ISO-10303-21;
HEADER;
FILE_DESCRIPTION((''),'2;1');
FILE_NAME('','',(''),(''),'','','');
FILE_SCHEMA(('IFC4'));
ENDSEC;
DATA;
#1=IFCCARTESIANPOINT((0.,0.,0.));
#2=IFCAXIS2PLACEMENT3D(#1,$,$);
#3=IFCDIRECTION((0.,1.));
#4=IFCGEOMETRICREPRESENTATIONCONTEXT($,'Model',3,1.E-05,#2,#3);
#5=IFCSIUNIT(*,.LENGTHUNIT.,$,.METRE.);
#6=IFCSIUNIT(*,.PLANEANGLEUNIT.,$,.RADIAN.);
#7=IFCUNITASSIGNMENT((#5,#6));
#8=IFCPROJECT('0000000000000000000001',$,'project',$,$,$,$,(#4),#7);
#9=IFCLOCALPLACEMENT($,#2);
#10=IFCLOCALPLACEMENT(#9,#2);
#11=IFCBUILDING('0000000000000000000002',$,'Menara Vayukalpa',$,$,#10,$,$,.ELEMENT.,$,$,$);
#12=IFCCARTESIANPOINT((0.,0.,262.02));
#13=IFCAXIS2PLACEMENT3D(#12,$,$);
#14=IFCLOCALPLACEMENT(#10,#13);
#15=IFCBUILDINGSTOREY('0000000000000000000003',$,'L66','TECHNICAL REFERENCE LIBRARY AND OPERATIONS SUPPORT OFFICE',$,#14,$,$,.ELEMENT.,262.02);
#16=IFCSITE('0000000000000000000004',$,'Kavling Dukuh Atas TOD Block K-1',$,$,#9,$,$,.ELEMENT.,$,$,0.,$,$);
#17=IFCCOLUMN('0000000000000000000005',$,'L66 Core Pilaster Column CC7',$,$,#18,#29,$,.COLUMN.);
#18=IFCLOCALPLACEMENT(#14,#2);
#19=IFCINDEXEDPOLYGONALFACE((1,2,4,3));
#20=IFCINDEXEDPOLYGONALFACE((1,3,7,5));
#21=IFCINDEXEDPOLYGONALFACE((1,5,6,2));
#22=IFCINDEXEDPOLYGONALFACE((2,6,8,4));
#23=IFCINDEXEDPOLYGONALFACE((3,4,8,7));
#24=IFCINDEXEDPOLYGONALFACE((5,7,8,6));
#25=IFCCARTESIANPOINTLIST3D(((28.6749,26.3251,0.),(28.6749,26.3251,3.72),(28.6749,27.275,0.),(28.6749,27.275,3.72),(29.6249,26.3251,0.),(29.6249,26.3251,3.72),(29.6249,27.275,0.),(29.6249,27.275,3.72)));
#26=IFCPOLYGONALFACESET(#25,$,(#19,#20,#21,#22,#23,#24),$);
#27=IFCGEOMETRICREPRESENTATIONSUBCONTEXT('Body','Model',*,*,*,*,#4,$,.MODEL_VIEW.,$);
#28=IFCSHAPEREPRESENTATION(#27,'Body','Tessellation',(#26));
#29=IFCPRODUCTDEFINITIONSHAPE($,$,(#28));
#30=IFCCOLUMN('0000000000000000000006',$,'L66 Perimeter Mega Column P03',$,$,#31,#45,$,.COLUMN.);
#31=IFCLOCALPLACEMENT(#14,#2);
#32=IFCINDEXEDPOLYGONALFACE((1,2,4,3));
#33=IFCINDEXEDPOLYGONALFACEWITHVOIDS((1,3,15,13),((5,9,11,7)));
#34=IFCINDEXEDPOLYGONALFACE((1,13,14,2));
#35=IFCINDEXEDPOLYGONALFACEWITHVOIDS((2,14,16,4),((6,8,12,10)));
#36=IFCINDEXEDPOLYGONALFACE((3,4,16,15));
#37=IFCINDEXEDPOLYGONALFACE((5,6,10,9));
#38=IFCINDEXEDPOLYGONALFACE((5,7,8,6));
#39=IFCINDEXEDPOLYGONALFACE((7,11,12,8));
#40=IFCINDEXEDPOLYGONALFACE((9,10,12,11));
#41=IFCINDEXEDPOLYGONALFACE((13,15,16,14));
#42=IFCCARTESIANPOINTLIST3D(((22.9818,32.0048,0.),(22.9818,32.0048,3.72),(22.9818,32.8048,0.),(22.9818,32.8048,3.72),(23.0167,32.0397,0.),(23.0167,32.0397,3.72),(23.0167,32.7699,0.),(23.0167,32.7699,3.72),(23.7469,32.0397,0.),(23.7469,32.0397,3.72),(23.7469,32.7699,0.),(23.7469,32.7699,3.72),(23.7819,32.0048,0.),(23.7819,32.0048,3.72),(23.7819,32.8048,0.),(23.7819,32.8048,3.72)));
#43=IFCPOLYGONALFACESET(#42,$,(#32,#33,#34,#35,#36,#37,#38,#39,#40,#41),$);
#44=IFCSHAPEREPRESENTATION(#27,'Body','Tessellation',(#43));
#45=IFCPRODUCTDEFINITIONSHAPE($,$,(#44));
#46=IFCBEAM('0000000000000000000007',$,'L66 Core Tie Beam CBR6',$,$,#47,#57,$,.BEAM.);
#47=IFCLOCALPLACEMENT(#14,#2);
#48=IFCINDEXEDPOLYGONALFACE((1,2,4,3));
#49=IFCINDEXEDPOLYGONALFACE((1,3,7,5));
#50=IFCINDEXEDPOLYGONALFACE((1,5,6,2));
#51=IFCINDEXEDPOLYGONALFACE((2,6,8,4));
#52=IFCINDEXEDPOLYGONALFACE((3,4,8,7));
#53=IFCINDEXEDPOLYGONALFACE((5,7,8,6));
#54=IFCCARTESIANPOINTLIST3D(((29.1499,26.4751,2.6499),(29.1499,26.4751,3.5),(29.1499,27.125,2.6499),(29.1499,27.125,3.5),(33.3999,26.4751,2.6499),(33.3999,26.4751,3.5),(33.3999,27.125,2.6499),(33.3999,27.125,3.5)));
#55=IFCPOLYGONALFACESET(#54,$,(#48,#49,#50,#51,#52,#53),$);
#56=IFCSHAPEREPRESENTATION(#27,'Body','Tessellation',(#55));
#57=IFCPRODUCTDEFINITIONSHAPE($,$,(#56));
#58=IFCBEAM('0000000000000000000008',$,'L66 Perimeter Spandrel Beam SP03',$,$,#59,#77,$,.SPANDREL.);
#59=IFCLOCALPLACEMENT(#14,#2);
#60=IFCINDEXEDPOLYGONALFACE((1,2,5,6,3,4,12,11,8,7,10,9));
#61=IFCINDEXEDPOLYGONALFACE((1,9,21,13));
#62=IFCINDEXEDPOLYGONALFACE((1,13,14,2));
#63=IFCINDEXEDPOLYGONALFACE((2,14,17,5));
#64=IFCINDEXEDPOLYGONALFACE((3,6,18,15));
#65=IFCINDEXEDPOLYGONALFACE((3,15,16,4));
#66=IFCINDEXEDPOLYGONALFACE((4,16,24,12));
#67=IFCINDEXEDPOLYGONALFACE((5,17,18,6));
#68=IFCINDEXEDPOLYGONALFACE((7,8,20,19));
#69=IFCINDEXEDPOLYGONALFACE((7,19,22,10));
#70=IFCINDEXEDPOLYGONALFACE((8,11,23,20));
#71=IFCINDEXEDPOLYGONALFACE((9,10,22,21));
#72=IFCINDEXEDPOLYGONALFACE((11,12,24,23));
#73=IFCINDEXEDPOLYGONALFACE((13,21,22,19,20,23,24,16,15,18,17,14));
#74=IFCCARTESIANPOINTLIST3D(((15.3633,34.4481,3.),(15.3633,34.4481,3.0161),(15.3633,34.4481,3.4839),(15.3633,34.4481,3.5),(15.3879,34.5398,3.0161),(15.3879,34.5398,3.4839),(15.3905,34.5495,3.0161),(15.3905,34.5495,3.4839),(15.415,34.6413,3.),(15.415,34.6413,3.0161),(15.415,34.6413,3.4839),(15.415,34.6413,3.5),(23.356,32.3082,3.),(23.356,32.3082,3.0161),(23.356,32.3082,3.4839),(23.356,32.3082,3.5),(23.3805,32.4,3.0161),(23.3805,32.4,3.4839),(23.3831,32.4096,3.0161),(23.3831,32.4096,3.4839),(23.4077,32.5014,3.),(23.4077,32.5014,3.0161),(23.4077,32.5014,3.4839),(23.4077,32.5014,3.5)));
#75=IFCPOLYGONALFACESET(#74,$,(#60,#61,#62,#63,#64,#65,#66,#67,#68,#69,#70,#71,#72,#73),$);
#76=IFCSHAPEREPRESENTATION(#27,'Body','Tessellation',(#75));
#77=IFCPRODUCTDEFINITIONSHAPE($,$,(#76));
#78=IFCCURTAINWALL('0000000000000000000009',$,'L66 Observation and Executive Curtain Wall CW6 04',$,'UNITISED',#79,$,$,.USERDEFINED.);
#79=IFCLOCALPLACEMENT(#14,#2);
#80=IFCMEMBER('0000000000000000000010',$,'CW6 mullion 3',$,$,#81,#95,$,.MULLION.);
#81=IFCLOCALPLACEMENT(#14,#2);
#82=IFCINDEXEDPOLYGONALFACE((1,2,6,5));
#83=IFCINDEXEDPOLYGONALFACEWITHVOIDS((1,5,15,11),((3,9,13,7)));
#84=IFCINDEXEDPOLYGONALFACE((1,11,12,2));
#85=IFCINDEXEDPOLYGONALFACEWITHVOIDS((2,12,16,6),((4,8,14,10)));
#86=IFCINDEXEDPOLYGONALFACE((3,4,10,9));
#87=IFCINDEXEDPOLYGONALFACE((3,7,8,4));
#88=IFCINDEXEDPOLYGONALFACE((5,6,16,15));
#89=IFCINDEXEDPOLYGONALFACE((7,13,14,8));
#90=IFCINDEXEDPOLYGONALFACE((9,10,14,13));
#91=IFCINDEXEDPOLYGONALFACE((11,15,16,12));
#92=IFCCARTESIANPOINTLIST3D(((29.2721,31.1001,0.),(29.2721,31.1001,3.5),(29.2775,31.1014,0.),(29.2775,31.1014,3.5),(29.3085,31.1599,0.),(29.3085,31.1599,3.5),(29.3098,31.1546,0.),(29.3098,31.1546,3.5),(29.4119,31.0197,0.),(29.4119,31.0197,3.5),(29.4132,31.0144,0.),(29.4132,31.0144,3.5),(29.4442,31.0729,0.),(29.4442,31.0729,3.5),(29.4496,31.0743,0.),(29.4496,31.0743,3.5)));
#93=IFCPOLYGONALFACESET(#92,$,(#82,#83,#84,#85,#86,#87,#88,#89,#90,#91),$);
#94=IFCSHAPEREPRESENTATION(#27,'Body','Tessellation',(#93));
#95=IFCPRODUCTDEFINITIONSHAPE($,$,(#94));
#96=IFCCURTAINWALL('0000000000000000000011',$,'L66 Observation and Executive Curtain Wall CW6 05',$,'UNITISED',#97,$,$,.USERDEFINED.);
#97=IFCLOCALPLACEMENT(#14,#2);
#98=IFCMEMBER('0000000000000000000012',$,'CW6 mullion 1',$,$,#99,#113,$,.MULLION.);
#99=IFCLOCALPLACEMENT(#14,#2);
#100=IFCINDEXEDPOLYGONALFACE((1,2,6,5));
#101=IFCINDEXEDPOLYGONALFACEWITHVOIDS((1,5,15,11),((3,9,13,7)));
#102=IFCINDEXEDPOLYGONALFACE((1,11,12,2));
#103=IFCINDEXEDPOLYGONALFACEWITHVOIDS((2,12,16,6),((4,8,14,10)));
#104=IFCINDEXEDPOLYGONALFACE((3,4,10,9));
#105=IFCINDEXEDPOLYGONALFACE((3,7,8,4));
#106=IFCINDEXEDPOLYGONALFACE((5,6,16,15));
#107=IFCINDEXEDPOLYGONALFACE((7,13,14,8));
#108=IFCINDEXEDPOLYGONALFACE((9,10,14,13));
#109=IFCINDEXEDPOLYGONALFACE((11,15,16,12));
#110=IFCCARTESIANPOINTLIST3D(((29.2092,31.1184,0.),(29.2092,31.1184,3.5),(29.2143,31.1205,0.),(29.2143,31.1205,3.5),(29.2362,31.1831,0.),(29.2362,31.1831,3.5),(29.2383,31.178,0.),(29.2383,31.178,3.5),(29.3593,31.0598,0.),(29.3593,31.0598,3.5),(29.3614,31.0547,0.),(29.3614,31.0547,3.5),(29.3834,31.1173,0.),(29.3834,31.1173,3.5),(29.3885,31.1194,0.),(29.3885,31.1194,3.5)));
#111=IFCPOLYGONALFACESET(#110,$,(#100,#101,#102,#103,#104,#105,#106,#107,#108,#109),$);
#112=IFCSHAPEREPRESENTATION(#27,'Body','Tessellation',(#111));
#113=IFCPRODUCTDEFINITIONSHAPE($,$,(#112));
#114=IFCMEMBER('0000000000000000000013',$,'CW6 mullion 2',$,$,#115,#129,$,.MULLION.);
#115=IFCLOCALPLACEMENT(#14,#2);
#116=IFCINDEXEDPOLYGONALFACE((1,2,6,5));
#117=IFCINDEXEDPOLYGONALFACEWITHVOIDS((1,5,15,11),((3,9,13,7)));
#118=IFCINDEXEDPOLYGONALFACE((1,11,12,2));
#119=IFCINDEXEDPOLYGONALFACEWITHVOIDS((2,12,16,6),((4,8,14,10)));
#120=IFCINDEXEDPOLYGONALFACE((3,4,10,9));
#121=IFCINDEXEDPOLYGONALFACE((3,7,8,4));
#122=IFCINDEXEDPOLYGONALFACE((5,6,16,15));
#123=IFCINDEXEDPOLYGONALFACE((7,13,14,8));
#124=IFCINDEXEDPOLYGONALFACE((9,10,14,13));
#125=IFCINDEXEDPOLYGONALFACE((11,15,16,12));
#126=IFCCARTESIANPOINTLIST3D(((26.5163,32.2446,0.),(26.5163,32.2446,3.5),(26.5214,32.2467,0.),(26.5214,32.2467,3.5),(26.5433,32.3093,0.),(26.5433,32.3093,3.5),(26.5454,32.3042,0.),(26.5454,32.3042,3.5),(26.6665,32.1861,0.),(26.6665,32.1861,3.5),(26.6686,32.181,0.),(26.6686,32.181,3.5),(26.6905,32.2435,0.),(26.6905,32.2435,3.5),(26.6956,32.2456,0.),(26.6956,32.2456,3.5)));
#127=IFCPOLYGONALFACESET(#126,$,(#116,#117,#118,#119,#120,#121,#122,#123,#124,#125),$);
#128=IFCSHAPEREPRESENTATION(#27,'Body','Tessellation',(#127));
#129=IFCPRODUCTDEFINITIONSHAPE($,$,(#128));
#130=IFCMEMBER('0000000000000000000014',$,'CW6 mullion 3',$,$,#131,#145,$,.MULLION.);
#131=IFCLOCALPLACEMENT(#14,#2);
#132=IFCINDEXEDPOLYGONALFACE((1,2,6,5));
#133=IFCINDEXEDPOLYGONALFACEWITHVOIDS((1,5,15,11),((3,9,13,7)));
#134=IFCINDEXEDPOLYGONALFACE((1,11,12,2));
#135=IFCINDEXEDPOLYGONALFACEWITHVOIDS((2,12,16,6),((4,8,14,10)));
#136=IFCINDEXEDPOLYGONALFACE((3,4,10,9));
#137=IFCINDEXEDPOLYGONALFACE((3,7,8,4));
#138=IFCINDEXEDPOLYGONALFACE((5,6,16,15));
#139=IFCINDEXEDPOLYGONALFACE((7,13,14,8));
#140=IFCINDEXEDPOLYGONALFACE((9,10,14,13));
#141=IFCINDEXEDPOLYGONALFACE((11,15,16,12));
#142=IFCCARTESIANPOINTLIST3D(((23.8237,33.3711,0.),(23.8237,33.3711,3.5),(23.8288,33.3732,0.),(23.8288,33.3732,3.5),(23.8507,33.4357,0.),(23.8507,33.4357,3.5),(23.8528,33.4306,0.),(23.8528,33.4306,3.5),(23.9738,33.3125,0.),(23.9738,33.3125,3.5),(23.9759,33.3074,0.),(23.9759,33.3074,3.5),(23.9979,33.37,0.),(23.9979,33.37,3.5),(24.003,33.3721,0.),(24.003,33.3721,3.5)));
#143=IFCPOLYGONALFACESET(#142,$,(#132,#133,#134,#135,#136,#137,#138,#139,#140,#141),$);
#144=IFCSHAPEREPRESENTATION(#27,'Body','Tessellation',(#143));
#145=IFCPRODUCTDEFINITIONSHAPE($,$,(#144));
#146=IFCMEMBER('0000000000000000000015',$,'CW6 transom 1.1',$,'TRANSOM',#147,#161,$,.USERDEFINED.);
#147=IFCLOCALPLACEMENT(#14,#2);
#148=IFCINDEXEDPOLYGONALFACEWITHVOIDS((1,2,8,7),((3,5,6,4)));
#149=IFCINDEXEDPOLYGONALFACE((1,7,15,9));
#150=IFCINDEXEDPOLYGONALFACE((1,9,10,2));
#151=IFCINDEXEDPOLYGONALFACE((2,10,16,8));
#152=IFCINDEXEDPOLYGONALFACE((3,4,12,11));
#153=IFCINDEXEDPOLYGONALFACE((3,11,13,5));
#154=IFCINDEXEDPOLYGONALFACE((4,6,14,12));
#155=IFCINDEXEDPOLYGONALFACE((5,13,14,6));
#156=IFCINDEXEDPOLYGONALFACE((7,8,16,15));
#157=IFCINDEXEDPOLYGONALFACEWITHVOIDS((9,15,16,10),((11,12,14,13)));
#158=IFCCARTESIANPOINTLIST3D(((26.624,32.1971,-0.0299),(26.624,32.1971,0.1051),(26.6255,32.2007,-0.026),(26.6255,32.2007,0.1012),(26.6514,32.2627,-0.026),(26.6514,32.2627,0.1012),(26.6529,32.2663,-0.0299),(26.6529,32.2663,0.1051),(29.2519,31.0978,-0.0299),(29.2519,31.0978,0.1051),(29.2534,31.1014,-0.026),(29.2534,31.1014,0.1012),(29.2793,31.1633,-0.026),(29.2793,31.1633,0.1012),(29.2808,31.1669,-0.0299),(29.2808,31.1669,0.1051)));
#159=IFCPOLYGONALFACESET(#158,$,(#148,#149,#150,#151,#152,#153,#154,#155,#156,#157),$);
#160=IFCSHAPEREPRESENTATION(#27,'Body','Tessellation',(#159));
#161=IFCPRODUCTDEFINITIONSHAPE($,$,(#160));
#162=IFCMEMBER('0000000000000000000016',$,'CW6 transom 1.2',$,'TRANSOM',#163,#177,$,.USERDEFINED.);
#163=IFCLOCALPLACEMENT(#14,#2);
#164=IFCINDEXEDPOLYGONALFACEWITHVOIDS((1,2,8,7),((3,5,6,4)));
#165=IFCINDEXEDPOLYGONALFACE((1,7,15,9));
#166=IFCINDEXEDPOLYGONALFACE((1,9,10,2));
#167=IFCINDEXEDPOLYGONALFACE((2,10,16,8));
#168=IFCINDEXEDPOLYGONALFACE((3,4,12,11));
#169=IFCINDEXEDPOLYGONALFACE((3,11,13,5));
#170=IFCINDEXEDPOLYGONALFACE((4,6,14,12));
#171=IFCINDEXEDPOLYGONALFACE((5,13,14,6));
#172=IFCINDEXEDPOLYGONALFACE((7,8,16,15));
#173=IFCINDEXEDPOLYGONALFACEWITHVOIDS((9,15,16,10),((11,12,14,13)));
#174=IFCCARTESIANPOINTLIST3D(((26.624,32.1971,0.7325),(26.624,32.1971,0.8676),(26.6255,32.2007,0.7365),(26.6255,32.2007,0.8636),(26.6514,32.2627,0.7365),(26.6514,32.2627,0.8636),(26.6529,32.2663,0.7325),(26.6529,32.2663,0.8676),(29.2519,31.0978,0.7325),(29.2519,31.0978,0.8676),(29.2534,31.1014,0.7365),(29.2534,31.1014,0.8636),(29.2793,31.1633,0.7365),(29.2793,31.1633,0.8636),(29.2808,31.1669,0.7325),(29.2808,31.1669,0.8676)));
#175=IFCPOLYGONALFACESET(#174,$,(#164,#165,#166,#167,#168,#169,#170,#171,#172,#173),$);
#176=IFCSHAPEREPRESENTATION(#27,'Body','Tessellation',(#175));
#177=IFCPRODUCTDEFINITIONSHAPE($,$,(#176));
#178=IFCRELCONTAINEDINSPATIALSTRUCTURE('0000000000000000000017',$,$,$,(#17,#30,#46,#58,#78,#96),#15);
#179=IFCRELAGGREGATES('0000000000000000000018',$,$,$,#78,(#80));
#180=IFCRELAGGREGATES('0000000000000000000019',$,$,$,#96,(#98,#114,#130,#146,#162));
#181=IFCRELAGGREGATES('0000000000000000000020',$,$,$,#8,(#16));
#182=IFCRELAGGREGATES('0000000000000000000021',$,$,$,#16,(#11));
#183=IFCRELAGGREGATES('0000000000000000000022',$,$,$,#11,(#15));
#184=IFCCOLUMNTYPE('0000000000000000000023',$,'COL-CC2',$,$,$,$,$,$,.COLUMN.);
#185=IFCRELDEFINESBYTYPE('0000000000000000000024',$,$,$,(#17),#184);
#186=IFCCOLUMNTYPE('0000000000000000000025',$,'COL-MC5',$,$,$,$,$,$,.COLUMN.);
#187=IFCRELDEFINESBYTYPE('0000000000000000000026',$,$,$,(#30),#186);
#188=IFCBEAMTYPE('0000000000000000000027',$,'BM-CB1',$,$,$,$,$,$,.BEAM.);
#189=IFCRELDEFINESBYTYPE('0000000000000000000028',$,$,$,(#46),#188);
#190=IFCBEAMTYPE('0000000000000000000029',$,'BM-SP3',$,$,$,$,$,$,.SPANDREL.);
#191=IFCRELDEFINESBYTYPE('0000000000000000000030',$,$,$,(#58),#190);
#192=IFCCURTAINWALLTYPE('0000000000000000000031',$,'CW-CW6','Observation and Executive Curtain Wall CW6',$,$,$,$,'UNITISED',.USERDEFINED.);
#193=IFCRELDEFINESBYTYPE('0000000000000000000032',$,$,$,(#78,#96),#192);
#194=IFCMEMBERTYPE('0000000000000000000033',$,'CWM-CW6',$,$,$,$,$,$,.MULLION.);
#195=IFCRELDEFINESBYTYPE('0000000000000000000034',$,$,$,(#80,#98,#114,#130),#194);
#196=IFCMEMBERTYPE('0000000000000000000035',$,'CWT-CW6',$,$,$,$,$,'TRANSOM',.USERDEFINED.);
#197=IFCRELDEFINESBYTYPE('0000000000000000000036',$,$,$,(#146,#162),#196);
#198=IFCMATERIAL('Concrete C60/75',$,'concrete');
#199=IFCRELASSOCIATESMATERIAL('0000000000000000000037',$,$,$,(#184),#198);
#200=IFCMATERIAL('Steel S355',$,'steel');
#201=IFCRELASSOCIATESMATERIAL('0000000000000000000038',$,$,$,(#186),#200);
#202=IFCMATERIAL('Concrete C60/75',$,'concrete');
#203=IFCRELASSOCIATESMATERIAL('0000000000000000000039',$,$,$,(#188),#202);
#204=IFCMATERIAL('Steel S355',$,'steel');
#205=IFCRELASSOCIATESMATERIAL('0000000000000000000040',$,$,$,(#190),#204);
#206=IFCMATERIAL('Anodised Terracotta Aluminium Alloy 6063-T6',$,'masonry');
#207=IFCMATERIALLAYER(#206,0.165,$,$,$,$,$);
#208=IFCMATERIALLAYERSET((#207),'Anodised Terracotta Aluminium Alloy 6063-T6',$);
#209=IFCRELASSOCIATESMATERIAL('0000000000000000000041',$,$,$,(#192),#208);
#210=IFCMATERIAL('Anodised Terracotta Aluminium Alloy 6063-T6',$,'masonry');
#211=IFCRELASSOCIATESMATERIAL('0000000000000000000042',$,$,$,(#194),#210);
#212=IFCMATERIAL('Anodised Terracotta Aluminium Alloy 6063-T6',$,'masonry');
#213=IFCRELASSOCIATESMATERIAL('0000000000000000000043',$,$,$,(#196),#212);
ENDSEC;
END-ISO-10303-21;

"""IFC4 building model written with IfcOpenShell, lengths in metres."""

from ifc_helpers import new_model, si_unit, direction, frame, origin, origin_2d, place, context, subcontext, project, spatial, rectangle, hollow_rectangle, i_section, extrude, material, layer, layer_set, material_profile, profile_set, type_object, element, aggregate, save


model = new_model("IFC4")

# Units and contexts
model_context = context("Model", 3, precision=1e-05, world=origin(), true_north=direction((0.0, 1.0)))
body_context = subcontext(model_context, "Body", "Model", "MODEL_VIEW")
ifc_project = project(units=[si_unit("LENGTHUNIT", "METRE"), si_unit("PLANEANGLEUNIT", "RADIAN")], contexts=[model_context])

# Site, building, storey
site_placement = place(None, origin())
site = spatial("IfcSite", under=ifc_project, at=site_placement, Name="Kavling Dukuh Atas TOD Block K-1", CompositionType="ELEMENT", RefElevation=0.0)
building_placement = place(site_placement, origin())
building = spatial("IfcBuilding", under=site, at=building_placement, Name="Menara Vayukalpa", CompositionType="ELEMENT")
storey_placement = place(building_placement, frame((0.0, 0.0, 262.02)))
storey = spatial("IfcBuildingStorey", under=building, at=storey_placement, Name="L66", Description="TECHNICAL REFERENCE LIBRARY AND OPERATIONS SUPPORT OFFICE", CompositionType="ELEMENT", Elevation=262.02)

# Columns
ifc_material_1 = material(Name="Concrete C60/75", Category="concrete")
ifc_material_profile_1 = material_profile(ifc_material_1, rectangle(XDim=0.95, YDim=0.95, at=origin_2d()), Name="RC 950x950")
ifc_profile_set_1 = profile_set([ifc_material_profile_1], Name="Concrete C60/75")
column_type_1 = type_object("IfcColumnType", Name="COL-CC2", PredefinedType="COLUMN", material=ifc_profile_set_1)
column_1_placement = place(storey_placement, frame((29.1499, 26.8, 0.0), z_axis=(0.0, 0.0, 1.0), x_axis=(1.0, 0.0, 0.0)))
element("IfcColumn", 1, at=column_1_placement, inside=storey, type_object=column_type_1, Name="L66 Core Pilaster Column CC7", PredefinedType="COLUMN", context=body_context, shape_type="SweptSolid", body=[
    extrude(rectangle(XDim=0.95, YDim=0.95, at=origin_2d()), origin(), (0.0, 0.0, 1.0), 3.72),
])
ifc_material_2 = material(Name="Steel S355", Category="steel")
ifc_material_profile_2 = material_profile(ifc_material_2, hollow_rectangle(XDim=0.8, YDim=0.8, WallThickness=0.0349, at=origin_2d()), Name="BOX 800x800x35")
ifc_profile_set_2 = profile_set([ifc_material_profile_2], Name="Steel S355")
column_type_2 = type_object("IfcColumnType", Name="COL-MC5", PredefinedType="COLUMN", material=ifc_profile_set_2)
column_2_placement = place(storey_placement, frame((23.3818, 32.4048, 0.0), z_axis=(0.0, 0.0, 1.0), x_axis=(1.0, 0.0, 0.0)))
element("IfcColumn", 2, at=column_2_placement, inside=storey, type_object=column_type_2, Name="L66 Perimeter Mega Column P03", PredefinedType="COLUMN", context=body_context, shape_type="SweptSolid", body=[
    extrude(hollow_rectangle(XDim=0.8, YDim=0.8, WallThickness=0.0349, at=origin_2d()), origin(), (0.0, 0.0, 1.0), 3.72),
])

# Beams
ifc_material_3 = material(Name="Concrete C60/75", Category="concrete")
ifc_material_profile_3 = material_profile(ifc_material_3, rectangle(XDim=0.6499, YDim=0.8501, at=origin_2d()), Name="RC 650x850")
ifc_profile_set_3 = profile_set([ifc_material_profile_3], Name="Concrete C60/75")
beam_type_1 = type_object("IfcBeamType", Name="BM-CB1", PredefinedType="BEAM", material=ifc_profile_set_3)
beam_1_placement = place(storey_placement, frame((29.1499, 26.8, 3.075), z_axis=(1.0, 0.0, 0.0), x_axis=(0.0, 1.0, 0.0)))
element("IfcBeam", 3, at=beam_1_placement, inside=storey, type_object=beam_type_1, Name="L66 Core Tie Beam CBR6", PredefinedType="BEAM", context=body_context, shape_type="SweptSolid", body=[
    extrude(rectangle(XDim=0.6499, YDim=0.8501, at=origin_2d()), origin(), (0.0, 0.0, 1.0), 4.25),
])
ifc_material_4 = material(Name="Steel S355", Category="steel")
ifc_material_profile_4 = material_profile(ifc_material_4, i_section(OverallWidth=0.2, OverallDepth=0.5, WebThickness=0.01, FlangeThickness=0.0161, at=origin_2d()), Name="WF 500x200x10x16")
ifc_profile_set_4 = profile_set([ifc_material_profile_4], Name="Steel S355")
beam_type_2 = type_object("IfcBeamType", Name="BM-SP3", PredefinedType="SPANDREL", material=ifc_profile_set_4)
beam_2_placement = place(storey_placement, frame((23.3818, 32.4048, 3.25), z_axis=(-0.965978, 0.258623, 0.0), x_axis=(-0.258623, -0.965978, 0.0)))
element("IfcBeam", 4, at=beam_2_placement, inside=storey, type_object=beam_type_2, Name="L66 Perimeter Spandrel Beam SP03", PredefinedType="SPANDREL", context=body_context, shape_type="SweptSolid", body=[
    extrude(i_section(OverallWidth=0.2, OverallDepth=0.5, WebThickness=0.01, FlangeThickness=0.0161, at=origin_2d()), origin(), (0.0, 0.0, 1.0), 8.2742),
])

# Curtain wall, member
ifc_material_5 = material(Name="Anodised Terracotta Aluminium Alloy 6063-T6", Category="masonry")
ifc_layer_1 = layer(ifc_material_5, 0.165)
ifc_layer_set_1 = layer_set([ifc_layer_1], Name="Anodised Terracotta Aluminium Alloy 6063-T6")
curtain_wall_type = type_object("IfcCurtainWallType", Name="CW-CW6", Description="Observation and Executive Curtain Wall CW6", ElementType="UNITISED", PredefinedType="USERDEFINED", material=ifc_layer_set_1)
curtain_wall_1_placement = place(storey_placement, origin())
curtain_wall_1 = element("IfcCurtainWall", 5, at=curtain_wall_1_placement, inside=storey, type_object=curtain_wall_type, Name="L66 Observation and Executive Curtain Wall CW6 04", ObjectType="UNITISED", PredefinedType="USERDEFINED")
ifc_material_6 = material(Name="Anodised Terracotta Aluminium Alloy 6063-T6", Category="masonry")
ifc_material_profile_5 = material_profile(ifc_material_6, hollow_rectangle(XDim=0.0701, YDim=0.165, WallThickness=0.0039, at=origin_2d()), Name="ALU 70x165x4")
ifc_profile_set_5 = profile_set([ifc_material_profile_5], Name="Anodised Terracotta Aluminium Alloy 6063-T6")
member_type_1 = type_object("IfcMemberType", Name="CWM-CW6", PredefinedType="MULLION", material=ifc_profile_set_5)
member_1_placement = place(storey_placement, frame((29.3608, 31.0872, 0.0), z_axis=(0.0, 0.0, 1.0), x_axis=(-0.519176, -0.854668, 0.0)))
member_1 = element("IfcMember", 6, at=member_1_placement, type_object=member_type_1, Name="CW6 mullion 3", PredefinedType="MULLION", context=body_context, shape_type="SweptSolid", body=[
    extrude(hollow_rectangle(XDim=0.0701, YDim=0.165, WallThickness=0.0039, at=origin_2d()), origin(), (0.0, 0.0, 1.0), 3.5),
])
aggregate(curtain_wall_1, [member_1])

# Curtain wall, members
curtain_wall_2_placement = place(storey_placement, origin())
curtain_wall_2 = element("IfcCurtainWall", 7, at=curtain_wall_2_placement, inside=storey, type_object=curtain_wall_type, Name="L66 Observation and Executive Curtain Wall CW6 05", ObjectType="UNITISED", PredefinedType="USERDEFINED")
member_2_placement = place(storey_placement, frame((29.2988, 31.1189, 0.0), z_axis=(0.0, 0.0, 1.0), x_axis=(-0.3859, -0.922541, 0.0)))
member_2 = element("IfcMember", 8, at=member_2_placement, type_object=member_type_1, Name="CW6 mullion 1", PredefinedType="MULLION", context=body_context, shape_type="SweptSolid", body=[
    extrude(hollow_rectangle(XDim=0.0701, YDim=0.165, WallThickness=0.0039, at=origin_2d()), origin(), (0.0, 0.0, 1.0), 3.5),
])
member_3_placement = place(storey_placement, frame((26.606, 32.2451, 0.0), z_axis=(0.0, 0.0, 1.0), x_axis=(-0.3859, -0.922541, 0.0)))
member_3 = element("IfcMember", 9, at=member_3_placement, type_object=member_type_1, Name="CW6 mullion 2", PredefinedType="MULLION", context=body_context, shape_type="SweptSolid", body=[
    extrude(hollow_rectangle(XDim=0.0701, YDim=0.165, WallThickness=0.0039, at=origin_2d()), origin(), (0.0, 0.0, 1.0), 3.5),
])
member_4_placement = place(storey_placement, frame((23.9133, 33.3716, 0.0), z_axis=(0.0, 0.0, 1.0), x_axis=(-0.3859, -0.922541, 0.0)))
member_4 = element("IfcMember", 10, at=member_4_placement, type_object=member_type_1, Name="CW6 mullion 3", PredefinedType="MULLION", context=body_context, shape_type="SweptSolid", body=[
    extrude(hollow_rectangle(XDim=0.0701, YDim=0.165, WallThickness=0.0039, at=origin_2d()), origin(), (0.0, 0.0, 1.0), 3.5),
])
ifc_material_7 = material(Name="Anodised Terracotta Aluminium Alloy 6063-T6", Category="masonry")
ifc_material_profile_6 = material_profile(ifc_material_7, hollow_rectangle(XDim=0.075, YDim=0.135, WallThickness=0.0039, at=origin_2d()), Name="ALU 75x135x4")
ifc_profile_set_6 = profile_set([ifc_material_profile_6], Name="Anodised Terracotta Aluminium Alloy 6063-T6")
member_type_2 = type_object("IfcMemberType", Name="CWT-CW6", ElementType="TRANSOM", PredefinedType="USERDEFINED", material=ifc_profile_set_6)
member_5_placement = place(storey_placement, frame((29.2664, 31.1323, 0.0376), z_axis=(-0.922528, 0.385929, 0.0), x_axis=(-0.385929, -0.922528, 0.0)))
member_5 = element("IfcMember", 11, at=member_5_placement, type_object=member_type_2, Name="CW6 transom 1.1", ObjectType="TRANSOM", PredefinedType="USERDEFINED", context=body_context, shape_type="SweptSolid", body=[
    extrude(hollow_rectangle(XDim=0.075, YDim=0.135, WallThickness=0.0039, at=origin_2d()), origin(), (0.0, 0.0, 1.0), 2.8486),
])
member_6_placement = place(storey_placement, frame((29.2664, 31.1323, 0.8), z_axis=(-0.922528, 0.385929, 0.0), x_axis=(-0.385929, -0.922528, 0.0)))
member_6 = element("IfcMember", 12, at=member_6_placement, type_object=member_type_2, Name="CW6 transom 1.2", ObjectType="TRANSOM", PredefinedType="USERDEFINED", context=body_context, shape_type="SweptSolid", body=[
    extrude(hollow_rectangle(XDim=0.075, YDim=0.135, WallThickness=0.0039, at=origin_2d()), origin(), (0.0, 0.0, 1.0), 2.8486),
])
aggregate(curtain_wall_2, [member_2, member_3, member_4, member_5, member_6])

save(model, "model.ifc")
